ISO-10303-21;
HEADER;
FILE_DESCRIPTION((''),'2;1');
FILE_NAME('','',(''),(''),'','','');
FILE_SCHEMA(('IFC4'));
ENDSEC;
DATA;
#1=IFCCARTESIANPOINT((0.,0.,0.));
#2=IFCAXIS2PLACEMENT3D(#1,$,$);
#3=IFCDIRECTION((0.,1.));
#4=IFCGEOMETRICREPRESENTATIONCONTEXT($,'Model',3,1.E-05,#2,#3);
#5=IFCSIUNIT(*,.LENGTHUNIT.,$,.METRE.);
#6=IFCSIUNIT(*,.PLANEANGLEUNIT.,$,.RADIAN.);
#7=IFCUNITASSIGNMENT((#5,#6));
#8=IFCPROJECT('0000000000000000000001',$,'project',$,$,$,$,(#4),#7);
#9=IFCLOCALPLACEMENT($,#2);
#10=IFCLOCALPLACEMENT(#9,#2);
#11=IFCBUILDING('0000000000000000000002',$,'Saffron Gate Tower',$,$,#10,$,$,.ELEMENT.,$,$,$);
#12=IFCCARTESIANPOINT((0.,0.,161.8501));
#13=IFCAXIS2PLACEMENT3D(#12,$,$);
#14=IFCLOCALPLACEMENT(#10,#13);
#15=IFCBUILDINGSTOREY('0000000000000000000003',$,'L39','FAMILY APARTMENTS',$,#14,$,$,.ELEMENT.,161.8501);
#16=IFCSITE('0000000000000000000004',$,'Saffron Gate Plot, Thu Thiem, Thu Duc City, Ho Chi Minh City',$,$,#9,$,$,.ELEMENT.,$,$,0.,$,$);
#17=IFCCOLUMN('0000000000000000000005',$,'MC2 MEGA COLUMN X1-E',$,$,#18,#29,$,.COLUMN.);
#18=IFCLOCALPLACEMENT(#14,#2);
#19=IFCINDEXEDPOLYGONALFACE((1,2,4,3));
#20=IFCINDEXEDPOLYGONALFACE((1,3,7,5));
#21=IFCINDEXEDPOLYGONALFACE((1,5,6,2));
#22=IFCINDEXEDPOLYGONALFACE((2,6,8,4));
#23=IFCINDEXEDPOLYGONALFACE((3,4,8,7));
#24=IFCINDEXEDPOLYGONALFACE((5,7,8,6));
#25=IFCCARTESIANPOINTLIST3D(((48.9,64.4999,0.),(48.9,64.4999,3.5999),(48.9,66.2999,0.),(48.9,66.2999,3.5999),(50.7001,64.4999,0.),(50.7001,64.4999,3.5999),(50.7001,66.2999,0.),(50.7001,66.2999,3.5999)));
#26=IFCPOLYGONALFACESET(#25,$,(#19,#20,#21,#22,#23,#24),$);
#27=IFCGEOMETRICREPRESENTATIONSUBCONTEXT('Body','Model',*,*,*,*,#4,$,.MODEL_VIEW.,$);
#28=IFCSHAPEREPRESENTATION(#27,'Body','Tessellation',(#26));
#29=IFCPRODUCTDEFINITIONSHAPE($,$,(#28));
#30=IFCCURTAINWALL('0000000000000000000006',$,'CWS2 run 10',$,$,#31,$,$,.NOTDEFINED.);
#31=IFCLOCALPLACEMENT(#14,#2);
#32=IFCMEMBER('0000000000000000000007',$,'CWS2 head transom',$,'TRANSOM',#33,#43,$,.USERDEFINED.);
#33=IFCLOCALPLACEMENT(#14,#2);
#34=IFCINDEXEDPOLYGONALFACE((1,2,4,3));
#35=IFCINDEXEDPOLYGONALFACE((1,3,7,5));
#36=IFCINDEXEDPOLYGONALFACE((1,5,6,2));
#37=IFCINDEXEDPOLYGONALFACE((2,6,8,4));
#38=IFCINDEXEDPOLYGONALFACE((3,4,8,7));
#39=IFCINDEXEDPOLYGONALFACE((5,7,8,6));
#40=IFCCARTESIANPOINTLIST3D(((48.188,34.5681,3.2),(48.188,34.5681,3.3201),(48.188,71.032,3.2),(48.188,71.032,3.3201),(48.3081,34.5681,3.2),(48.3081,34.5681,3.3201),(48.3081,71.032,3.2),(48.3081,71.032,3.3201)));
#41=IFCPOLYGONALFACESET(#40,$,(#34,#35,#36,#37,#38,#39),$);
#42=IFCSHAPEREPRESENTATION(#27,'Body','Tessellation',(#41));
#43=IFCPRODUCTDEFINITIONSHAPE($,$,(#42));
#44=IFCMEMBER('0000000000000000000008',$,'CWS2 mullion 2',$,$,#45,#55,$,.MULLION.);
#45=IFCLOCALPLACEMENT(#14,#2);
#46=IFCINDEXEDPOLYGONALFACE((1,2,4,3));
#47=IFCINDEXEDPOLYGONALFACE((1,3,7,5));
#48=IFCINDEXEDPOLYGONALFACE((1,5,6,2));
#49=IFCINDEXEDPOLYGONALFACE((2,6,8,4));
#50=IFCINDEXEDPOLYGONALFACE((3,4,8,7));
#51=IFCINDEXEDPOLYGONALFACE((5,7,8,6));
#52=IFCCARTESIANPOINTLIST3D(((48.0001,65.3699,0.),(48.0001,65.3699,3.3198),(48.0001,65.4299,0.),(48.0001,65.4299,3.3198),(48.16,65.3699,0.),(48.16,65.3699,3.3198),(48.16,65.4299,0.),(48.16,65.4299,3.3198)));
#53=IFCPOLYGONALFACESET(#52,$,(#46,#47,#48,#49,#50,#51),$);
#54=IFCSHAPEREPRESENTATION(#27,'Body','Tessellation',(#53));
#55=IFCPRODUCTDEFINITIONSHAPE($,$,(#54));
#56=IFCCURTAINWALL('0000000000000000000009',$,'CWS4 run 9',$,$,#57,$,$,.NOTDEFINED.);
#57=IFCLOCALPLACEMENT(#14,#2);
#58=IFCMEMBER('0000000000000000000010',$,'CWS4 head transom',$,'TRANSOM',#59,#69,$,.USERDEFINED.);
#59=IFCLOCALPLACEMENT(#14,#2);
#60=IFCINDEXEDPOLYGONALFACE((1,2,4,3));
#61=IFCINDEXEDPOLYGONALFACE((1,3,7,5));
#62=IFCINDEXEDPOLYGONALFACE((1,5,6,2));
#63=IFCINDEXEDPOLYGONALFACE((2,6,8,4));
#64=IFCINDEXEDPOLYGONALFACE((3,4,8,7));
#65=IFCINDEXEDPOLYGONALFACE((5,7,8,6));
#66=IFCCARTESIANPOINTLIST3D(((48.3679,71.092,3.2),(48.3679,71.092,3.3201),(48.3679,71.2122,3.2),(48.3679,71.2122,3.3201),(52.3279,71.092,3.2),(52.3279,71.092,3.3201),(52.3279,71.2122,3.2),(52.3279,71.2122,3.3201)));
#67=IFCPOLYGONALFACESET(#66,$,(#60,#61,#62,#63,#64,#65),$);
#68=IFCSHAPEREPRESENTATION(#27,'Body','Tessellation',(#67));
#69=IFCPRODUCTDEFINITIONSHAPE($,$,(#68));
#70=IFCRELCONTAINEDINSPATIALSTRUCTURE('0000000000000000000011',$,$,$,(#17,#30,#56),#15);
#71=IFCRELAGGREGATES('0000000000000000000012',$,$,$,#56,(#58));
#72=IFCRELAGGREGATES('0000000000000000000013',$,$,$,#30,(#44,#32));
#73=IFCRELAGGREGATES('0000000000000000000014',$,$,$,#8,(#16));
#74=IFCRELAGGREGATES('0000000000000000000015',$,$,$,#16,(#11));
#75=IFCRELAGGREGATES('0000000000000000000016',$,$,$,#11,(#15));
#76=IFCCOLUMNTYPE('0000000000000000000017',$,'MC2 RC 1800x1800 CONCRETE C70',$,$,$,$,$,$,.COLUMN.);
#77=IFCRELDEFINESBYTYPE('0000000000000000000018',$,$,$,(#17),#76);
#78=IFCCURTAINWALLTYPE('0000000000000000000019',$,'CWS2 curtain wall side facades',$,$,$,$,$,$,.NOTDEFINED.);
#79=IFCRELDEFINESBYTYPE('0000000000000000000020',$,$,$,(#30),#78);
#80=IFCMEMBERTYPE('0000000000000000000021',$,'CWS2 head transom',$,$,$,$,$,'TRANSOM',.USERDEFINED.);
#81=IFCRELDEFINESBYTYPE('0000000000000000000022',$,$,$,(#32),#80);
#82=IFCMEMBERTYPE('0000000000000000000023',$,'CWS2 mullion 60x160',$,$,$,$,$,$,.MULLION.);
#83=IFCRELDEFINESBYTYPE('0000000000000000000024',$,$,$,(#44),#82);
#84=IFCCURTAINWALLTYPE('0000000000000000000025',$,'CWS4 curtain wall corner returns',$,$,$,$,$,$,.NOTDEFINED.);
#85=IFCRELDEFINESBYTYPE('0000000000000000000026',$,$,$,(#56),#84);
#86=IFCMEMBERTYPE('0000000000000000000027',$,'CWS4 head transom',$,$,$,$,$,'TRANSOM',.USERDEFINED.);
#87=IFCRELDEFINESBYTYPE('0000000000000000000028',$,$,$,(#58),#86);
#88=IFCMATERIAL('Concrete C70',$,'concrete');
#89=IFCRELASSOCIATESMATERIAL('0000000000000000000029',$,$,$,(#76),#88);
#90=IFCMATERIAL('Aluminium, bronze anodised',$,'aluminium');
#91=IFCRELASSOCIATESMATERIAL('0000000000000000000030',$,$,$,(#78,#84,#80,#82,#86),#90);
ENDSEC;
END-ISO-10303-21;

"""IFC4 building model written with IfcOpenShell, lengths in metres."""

from ifc_helpers import new_model, si_unit, direction, frame, origin, origin_2d, place, context, subcontext, project, spatial, rectangle, extrude, material, material_profile, profile_set, type_object, element, aggregate, save


model = new_model("IFC4")

# Units and contexts
model_context = context("Model", 3, precision=1e-05, world=origin(), true_north=direction((0.0, 1.0)))
body_context = subcontext(model_context, "Body", "Model", "MODEL_VIEW")
ifc_project = project(units=[si_unit("LENGTHUNIT", "METRE"), si_unit("PLANEANGLEUNIT", "RADIAN")], contexts=[model_context])

# Site, building, storey
site_placement = place(None, origin())
site = spatial("IfcSite", under=ifc_project, at=site_placement, Name="Saffron Gate Plot, Thu Thiem, Thu Duc City, Ho Chi Minh City", CompositionType="ELEMENT", RefElevation=0.0)
building_placement = place(site_placement, origin())
building = spatial("IfcBuilding", under=site, at=building_placement, Name="Saffron Gate Tower", CompositionType="ELEMENT")
storey_placement = place(building_placement, frame((0.0, 0.0, 161.8501)))
storey = spatial("IfcBuildingStorey", under=building, at=storey_placement, Name="L39", Description="FAMILY APARTMENTS", CompositionType="ELEMENT", Elevation=161.8501)

# Column
ifc_material_1 = material(Name="Concrete C70", Category="concrete")
ifc_material_profile_1 = material_profile(ifc_material_1, rectangle(XDim=1.8, YDim=1.8, at=origin_2d()))
ifc_profile_set_1 = profile_set([ifc_material_profile_1], Name="Concrete C70")
column_type = type_object("IfcColumnType", Name="MC2 RC 1800x1800 CONCRETE C70", PredefinedType="COLUMN", material=ifc_profile_set_1)
column_placement = place(storey_placement, frame((49.8, 65.3999, 0.0), z_axis=(0.0, 0.0, 1.0), x_axis=(1.0, 0.0, 0.0)))
element("IfcColumn", 1, at=column_placement, inside=storey, type_object=column_type, Name="MC2 MEGA COLUMN X1-E", PredefinedType="COLUMN", context=body_context, shape_type="SweptSolid", body=[
    extrude(rectangle(XDim=1.8, YDim=1.8, at=origin_2d()), origin(), (0.0, 0.0, 1.0), 3.5999),
])

# Curtain wall, members
ifc_material_2 = material(Name="Aluminium, bronze anodised", Category="aluminium")
curtain_wall_type_1 = type_object("IfcCurtainWallType", Name="CWS2 curtain wall side facades", PredefinedType="NOTDEFINED", material=ifc_material_2)
curtain_wall_1_placement = place(storey_placement, origin())
curtain_wall_1 = element("IfcCurtainWall", 2, at=curtain_wall_1_placement, inside=storey, type_object=curtain_wall_type_1, Name="CWS2 run 10", PredefinedType="NOTDEFINED")
ifc_material_profile_2 = material_profile(ifc_material_2, rectangle(XDim=0.1201, YDim=0.1201, at=origin_2d()))
ifc_profile_set_2 = profile_set([ifc_material_profile_2], Name="Aluminium, bronze anodised")
member_type_1 = type_object("IfcMemberType", Name="CWS2 head transom", ElementType="TRANSOM", PredefinedType="USERDEFINED", material=ifc_profile_set_2)
member_1_placement = place(storey_placement, frame((48.248, 71.032, 3.26), z_axis=(0.0, -1.0, 0.0), x_axis=(1.0, 0.0, 0.0)))
member_1 = element("IfcMember", 3, at=member_1_placement, type_object=member_type_1, Name="CWS2 head transom", ObjectType="TRANSOM", PredefinedType="USERDEFINED", context=body_context, shape_type="SweptSolid", body=[
    extrude(rectangle(XDim=0.1201, YDim=0.1201, at=origin_2d()), origin(), (0.0, 0.0, 1.0), 36.4639),
])
ifc_material_profile_3 = material_profile(ifc_material_2, rectangle(XDim=0.1599, YDim=0.0601, at=origin_2d()))
ifc_profile_set_3 = profile_set([ifc_material_profile_3], Name="Aluminium, bronze anodised")
member_type_2 = type_object("IfcMemberType", Name="CWS2 mullion 60x160", PredefinedType="MULLION", material=ifc_profile_set_3)
member_2_placement = place(storey_placement, frame((48.0801, 65.3999, 0.0), z_axis=(0.0, 0.0, 1.0), x_axis=(1.0, 0.0, 0.0)))
member_2 = element("IfcMember", 4, at=member_2_placement, type_object=member_type_2, Name="CWS2 mullion 2", PredefinedType="MULLION", context=body_context, shape_type="SweptSolid", body=[
    extrude(rectangle(XDim=0.1599, YDim=0.0601, at=origin_2d()), origin(), (0.0, 0.0, 1.0), 3.3198),
])

# Curtain wall, member
curtain_wall_type_2 = type_object("IfcCurtainWallType", Name="CWS4 curtain wall corner returns", PredefinedType="NOTDEFINED", material=ifc_material_2)
curtain_wall_2_placement = place(storey_placement, origin())
curtain_wall_2 = element("IfcCurtainWall", 5, at=curtain_wall_2_placement, inside=storey, type_object=curtain_wall_type_2, Name="CWS4 run 9", PredefinedType="NOTDEFINED")
ifc_material_profile_4 = material_profile(ifc_material_2, rectangle(XDim=0.1201, YDim=0.1201, at=origin_2d()))
ifc_profile_set_4 = profile_set([ifc_material_profile_4], Name="Aluminium, bronze anodised")
member_type_3 = type_object("IfcMemberType", Name="CWS4 head transom", ElementType="TRANSOM", PredefinedType="USERDEFINED", material=ifc_profile_set_4)
member_3_placement = place(storey_placement, frame((52.3279, 71.1521, 3.26), z_axis=(-1.0, 0.0, 0.0), x_axis=(0.0, -1.0, 0.0)))
member_3 = element("IfcMember", 6, at=member_3_placement, type_object=member_type_3, Name="CWS4 head transom", ObjectType="TRANSOM", PredefinedType="USERDEFINED", context=body_context, shape_type="SweptSolid", body=[
    extrude(rectangle(XDim=0.1201, YDim=0.1201, at=origin_2d()), origin(), (0.0, 0.0, 1.0), 3.96),
])
aggregate(curtain_wall_2, [member_3])

aggregate(curtain_wall_1, [member_2, member_1])

save(model, "model.ifc")
